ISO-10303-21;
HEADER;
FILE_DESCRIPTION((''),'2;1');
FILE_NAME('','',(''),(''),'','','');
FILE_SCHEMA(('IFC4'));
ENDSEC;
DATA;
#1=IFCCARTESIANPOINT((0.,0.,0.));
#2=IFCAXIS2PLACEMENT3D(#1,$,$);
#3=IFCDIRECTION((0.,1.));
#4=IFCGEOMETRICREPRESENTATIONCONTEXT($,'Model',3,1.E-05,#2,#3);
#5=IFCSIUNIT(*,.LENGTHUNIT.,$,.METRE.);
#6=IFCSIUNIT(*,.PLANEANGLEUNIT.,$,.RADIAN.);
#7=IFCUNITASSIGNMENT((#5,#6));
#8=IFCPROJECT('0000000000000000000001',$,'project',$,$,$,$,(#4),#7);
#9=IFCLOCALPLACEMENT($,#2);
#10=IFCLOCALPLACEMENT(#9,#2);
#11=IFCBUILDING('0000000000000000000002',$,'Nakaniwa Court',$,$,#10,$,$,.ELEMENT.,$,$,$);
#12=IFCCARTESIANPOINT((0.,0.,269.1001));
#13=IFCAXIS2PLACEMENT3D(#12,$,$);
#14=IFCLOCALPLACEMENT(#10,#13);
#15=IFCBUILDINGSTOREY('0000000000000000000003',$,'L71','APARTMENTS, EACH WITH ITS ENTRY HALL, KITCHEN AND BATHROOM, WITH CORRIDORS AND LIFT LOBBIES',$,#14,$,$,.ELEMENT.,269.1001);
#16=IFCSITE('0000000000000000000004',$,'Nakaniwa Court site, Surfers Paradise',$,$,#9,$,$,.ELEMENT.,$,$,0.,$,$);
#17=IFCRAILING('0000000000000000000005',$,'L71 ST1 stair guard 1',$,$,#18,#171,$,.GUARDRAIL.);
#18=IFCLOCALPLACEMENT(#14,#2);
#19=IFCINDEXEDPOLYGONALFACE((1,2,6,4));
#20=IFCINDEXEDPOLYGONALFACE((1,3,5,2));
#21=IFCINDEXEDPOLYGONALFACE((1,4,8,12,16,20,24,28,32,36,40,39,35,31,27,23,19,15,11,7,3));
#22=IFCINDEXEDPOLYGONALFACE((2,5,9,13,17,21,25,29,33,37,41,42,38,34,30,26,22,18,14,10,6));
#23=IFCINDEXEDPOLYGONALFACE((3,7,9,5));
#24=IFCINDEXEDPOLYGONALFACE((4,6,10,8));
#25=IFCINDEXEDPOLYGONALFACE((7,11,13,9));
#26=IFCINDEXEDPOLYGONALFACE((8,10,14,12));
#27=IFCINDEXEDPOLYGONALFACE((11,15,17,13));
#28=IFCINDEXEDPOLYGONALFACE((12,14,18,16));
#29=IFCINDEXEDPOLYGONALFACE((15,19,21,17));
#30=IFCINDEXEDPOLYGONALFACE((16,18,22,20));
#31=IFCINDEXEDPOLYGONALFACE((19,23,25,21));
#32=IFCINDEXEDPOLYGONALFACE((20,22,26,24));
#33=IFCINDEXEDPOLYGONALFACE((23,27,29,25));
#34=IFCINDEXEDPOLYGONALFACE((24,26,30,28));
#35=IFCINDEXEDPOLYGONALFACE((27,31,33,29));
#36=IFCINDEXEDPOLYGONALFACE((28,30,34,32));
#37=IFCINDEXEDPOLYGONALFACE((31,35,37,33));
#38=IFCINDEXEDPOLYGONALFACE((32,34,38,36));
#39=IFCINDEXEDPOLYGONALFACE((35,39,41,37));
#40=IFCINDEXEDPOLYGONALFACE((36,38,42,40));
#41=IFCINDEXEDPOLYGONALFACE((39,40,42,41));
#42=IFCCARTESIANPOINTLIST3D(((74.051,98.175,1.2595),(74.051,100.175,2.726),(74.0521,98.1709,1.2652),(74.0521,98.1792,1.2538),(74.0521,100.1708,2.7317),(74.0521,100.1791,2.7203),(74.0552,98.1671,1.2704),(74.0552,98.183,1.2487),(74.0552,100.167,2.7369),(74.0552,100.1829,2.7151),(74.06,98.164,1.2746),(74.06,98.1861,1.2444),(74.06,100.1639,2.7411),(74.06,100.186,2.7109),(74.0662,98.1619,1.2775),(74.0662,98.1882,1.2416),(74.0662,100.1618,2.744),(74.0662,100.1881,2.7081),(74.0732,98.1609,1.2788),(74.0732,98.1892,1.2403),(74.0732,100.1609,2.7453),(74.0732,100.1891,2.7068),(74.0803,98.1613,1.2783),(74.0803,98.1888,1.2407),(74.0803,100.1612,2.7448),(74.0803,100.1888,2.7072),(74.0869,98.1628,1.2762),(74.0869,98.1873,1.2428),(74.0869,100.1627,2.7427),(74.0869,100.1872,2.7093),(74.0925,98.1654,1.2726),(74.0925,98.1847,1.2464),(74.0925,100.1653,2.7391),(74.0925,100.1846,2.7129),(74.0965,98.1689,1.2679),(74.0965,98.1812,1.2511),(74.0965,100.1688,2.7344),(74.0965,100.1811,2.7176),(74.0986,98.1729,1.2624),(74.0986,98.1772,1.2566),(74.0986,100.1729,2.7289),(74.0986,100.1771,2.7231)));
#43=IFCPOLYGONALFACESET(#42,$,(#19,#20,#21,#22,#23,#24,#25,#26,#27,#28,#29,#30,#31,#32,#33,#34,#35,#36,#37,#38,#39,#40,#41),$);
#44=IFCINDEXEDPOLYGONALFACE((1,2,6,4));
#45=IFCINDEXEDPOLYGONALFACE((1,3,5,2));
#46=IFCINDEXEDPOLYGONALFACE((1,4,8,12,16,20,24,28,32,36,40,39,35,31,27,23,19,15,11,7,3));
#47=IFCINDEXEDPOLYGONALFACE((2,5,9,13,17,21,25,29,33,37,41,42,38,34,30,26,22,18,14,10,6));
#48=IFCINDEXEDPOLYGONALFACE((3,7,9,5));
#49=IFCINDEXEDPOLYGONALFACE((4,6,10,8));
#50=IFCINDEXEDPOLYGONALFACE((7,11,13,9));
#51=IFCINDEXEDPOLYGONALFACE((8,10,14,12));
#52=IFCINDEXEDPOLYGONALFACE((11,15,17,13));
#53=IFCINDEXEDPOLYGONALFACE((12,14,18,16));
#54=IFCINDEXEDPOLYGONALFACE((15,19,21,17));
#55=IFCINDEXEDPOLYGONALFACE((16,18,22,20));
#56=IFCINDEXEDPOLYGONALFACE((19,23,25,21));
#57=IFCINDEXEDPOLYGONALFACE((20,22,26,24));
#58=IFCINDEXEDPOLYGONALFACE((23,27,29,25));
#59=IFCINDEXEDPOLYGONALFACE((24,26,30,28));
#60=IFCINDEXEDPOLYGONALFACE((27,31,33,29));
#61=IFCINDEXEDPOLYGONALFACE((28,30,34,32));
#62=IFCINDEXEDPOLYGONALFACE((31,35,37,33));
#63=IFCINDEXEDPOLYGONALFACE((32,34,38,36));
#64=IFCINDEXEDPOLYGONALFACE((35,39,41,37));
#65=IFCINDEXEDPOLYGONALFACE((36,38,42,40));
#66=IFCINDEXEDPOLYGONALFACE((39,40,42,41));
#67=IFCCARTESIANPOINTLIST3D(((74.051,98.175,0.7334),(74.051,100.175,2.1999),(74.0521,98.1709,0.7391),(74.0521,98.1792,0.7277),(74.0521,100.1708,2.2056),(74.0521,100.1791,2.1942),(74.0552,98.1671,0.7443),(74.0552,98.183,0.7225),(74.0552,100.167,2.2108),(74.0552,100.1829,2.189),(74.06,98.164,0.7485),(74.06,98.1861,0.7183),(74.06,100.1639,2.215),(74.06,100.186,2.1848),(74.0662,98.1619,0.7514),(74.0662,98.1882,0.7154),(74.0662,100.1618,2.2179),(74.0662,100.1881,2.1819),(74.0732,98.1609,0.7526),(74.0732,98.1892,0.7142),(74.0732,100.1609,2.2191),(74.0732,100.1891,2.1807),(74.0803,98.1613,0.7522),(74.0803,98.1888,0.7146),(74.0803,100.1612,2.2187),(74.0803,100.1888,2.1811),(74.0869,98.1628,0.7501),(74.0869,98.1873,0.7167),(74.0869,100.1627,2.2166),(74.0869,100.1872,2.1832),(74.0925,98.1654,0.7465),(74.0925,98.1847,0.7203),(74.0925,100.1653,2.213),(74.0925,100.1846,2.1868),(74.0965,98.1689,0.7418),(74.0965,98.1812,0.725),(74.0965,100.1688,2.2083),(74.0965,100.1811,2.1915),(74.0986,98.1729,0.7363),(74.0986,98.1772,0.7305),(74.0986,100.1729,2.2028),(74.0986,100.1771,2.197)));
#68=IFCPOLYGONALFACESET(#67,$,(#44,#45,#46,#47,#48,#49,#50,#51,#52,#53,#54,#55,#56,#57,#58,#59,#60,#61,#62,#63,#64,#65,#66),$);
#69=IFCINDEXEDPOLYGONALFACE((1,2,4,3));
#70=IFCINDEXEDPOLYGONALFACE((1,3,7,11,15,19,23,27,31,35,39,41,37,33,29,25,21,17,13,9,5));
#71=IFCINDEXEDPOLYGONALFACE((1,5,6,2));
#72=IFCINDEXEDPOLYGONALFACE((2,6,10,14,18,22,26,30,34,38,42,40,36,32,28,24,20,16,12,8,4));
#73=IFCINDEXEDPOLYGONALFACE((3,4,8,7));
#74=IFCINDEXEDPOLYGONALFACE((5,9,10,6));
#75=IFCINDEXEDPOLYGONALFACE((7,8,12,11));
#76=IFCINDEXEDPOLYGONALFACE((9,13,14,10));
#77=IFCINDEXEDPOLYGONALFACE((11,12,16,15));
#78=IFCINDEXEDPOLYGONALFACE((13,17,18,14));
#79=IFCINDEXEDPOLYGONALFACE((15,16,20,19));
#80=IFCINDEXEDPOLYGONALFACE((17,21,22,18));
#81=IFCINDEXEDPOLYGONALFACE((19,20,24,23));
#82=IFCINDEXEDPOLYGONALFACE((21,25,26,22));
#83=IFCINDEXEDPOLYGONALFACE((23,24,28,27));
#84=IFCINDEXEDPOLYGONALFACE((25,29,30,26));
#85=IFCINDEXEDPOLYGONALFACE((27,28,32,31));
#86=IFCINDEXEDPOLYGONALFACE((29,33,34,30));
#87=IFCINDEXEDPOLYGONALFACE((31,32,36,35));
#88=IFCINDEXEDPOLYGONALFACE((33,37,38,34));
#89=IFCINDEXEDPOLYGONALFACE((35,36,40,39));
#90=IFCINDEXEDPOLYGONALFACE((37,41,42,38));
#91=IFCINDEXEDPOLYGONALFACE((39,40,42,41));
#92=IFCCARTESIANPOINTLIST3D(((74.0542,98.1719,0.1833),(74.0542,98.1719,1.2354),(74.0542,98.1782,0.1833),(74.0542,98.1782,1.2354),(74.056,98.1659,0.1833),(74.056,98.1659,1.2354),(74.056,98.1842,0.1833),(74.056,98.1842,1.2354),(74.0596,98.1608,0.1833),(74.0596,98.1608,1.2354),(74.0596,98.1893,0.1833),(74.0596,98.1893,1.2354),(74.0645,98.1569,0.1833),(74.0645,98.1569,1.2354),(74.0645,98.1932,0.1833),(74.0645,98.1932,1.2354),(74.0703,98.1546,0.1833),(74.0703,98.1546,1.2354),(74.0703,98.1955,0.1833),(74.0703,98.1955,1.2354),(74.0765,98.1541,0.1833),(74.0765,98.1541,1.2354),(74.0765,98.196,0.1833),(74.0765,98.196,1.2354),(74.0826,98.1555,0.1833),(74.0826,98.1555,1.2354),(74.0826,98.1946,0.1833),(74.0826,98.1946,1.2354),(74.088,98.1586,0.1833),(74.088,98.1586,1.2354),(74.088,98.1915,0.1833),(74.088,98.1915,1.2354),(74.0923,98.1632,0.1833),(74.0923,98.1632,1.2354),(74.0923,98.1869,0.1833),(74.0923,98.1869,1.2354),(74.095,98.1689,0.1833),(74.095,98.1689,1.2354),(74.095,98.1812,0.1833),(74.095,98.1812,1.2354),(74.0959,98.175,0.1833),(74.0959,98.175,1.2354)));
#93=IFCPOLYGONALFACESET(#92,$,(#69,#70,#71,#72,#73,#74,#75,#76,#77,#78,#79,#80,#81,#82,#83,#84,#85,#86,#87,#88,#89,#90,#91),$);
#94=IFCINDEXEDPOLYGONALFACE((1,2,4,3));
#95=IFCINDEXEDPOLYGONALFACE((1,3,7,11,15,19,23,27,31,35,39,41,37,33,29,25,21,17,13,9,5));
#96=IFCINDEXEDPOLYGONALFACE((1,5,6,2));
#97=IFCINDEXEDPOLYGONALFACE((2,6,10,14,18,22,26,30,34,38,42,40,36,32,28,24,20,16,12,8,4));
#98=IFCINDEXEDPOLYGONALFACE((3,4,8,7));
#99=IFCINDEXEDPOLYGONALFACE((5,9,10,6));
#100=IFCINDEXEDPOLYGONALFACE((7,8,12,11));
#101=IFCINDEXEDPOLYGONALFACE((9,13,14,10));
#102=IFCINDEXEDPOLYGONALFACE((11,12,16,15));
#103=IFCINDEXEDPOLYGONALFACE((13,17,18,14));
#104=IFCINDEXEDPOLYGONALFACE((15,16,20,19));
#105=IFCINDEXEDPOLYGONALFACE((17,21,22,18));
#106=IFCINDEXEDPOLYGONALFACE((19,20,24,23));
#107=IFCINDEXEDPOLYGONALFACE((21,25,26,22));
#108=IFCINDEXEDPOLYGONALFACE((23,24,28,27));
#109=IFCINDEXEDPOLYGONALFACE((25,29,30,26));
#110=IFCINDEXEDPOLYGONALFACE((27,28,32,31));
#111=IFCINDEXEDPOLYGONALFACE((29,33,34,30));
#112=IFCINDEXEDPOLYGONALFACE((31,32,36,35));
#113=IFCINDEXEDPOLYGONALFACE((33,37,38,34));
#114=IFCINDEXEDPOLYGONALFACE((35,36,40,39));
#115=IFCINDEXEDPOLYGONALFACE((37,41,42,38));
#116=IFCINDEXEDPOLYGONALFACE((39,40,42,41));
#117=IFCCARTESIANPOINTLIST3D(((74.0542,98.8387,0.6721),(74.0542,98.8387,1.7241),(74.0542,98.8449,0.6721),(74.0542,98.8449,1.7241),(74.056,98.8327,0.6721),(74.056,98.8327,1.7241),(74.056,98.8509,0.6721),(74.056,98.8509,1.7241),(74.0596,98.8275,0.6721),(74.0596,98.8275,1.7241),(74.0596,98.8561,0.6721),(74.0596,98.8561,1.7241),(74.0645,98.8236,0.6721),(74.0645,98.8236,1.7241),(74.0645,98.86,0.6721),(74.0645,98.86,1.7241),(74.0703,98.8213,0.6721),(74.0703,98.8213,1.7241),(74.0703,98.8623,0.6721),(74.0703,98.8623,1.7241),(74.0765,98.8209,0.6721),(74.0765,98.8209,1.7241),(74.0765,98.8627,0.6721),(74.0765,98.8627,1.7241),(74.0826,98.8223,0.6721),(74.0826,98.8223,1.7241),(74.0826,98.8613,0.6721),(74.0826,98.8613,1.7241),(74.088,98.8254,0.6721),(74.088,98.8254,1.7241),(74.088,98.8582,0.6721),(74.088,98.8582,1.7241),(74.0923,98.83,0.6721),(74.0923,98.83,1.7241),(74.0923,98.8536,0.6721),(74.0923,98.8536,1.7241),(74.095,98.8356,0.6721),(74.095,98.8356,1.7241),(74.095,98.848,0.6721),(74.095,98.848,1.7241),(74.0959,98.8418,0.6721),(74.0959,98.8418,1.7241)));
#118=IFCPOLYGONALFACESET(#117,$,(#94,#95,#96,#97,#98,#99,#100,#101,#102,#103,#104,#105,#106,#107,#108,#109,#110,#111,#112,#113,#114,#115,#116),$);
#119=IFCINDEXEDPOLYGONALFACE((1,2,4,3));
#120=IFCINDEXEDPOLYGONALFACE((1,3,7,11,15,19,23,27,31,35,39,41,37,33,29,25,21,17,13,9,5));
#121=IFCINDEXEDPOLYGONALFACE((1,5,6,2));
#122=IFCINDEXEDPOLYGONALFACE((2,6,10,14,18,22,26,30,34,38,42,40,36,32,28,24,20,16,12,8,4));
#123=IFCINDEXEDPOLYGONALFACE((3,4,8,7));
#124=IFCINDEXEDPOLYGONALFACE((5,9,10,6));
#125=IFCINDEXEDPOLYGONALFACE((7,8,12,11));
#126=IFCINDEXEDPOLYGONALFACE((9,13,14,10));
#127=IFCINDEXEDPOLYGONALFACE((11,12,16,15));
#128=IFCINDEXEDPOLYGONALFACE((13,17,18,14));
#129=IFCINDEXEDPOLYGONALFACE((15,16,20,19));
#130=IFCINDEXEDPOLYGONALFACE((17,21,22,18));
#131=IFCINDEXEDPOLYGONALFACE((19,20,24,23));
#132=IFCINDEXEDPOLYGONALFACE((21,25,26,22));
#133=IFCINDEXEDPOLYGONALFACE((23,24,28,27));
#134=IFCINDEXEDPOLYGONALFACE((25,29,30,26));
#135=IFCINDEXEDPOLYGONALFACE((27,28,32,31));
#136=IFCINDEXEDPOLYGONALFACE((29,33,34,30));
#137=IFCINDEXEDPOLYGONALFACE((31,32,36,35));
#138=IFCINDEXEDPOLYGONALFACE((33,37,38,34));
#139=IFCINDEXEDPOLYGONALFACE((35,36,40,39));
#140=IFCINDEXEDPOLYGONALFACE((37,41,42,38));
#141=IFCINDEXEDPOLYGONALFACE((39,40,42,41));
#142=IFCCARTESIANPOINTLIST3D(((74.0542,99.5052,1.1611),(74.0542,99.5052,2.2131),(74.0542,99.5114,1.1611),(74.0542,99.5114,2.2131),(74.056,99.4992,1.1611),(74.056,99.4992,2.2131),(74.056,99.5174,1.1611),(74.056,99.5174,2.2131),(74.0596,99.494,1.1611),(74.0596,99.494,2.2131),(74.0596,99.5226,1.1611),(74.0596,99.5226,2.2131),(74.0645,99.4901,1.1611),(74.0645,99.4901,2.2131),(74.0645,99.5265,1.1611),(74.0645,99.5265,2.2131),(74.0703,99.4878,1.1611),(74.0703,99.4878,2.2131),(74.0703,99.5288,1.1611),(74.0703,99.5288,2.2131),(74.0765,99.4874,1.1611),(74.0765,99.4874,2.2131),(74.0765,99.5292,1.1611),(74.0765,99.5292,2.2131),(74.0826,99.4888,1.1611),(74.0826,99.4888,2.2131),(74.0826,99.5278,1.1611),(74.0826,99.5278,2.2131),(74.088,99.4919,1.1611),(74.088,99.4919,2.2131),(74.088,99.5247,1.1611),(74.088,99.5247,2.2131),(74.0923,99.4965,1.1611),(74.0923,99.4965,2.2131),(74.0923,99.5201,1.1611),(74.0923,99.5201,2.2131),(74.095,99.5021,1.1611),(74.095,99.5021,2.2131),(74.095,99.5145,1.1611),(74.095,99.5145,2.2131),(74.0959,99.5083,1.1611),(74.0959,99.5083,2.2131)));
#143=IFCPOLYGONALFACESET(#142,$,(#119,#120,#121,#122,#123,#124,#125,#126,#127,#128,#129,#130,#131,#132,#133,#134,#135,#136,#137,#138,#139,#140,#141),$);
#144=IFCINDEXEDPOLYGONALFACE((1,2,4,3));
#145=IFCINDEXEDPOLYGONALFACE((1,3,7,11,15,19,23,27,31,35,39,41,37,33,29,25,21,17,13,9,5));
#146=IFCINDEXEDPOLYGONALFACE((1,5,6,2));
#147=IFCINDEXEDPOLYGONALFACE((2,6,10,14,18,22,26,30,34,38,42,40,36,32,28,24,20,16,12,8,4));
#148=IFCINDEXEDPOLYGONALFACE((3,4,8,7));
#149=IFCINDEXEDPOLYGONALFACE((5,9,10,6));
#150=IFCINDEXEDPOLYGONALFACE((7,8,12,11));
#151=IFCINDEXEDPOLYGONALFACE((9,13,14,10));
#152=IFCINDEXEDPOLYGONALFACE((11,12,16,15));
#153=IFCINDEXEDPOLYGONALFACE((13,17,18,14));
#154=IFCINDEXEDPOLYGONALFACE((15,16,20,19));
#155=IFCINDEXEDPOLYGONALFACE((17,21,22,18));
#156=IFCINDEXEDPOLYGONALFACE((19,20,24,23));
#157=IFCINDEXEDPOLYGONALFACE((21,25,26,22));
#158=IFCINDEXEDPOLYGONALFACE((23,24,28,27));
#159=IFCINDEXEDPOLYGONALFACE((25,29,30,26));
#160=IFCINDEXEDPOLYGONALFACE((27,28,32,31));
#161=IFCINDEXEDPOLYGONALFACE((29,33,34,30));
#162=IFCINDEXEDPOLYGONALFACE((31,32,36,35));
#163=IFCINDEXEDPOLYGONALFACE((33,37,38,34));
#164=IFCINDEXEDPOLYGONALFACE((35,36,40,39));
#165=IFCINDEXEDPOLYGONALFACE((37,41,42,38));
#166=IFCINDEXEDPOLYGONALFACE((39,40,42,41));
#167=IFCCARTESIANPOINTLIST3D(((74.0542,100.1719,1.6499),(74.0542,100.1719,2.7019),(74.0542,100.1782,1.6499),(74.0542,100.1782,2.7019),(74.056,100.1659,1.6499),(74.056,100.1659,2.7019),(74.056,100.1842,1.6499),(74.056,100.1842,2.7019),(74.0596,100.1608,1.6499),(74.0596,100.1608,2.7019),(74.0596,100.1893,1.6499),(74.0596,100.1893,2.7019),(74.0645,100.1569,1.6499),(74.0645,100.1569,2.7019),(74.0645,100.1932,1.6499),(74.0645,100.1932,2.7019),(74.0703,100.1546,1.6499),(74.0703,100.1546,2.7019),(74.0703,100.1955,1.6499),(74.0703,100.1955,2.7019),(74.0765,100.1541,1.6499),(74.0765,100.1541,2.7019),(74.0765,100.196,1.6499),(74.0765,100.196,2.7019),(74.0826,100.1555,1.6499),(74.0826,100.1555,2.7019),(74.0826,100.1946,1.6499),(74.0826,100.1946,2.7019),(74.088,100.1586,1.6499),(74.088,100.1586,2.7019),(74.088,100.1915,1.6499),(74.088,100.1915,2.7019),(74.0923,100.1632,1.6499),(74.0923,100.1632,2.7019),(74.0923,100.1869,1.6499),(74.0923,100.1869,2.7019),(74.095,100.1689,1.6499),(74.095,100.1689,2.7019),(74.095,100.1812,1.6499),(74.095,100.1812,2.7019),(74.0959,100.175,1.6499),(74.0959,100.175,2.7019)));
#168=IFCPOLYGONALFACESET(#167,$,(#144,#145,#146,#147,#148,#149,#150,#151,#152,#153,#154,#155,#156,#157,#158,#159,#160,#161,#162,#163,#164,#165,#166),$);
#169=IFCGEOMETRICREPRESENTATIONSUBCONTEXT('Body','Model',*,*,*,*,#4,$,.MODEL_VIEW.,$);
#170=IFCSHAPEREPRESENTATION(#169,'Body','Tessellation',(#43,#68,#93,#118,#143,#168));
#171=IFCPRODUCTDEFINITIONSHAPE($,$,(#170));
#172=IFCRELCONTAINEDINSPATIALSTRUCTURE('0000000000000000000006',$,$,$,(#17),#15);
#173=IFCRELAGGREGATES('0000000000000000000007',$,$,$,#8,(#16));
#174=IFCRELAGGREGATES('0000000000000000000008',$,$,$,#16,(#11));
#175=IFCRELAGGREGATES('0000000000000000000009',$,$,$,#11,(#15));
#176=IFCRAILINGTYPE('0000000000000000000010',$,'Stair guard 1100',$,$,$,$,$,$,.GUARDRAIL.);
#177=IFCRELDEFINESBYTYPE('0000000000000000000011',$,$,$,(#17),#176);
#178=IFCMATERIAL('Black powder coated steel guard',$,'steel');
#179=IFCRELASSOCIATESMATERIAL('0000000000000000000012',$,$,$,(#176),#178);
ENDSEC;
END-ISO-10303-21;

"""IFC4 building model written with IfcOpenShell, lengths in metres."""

from ifc_helpers import new_model, si_unit, direction, frame, origin, origin_2d, place, context, subcontext, project, spatial, circle, extrude, material, type_object, element, save


model = new_model("IFC4")

# Units and contexts
model_context = context("Model", 3, precision=1e-05, world=origin(), true_north=direction((0.0, 1.0)))
body_context = subcontext(model_context, "Body", "Model", "MODEL_VIEW")
ifc_project = project(units=[si_unit("LENGTHUNIT", "METRE"), si_unit("PLANEANGLEUNIT", "RADIAN")], contexts=[model_context])

# Site, building, storey
site_placement = place(None, origin())
site = spatial("IfcSite", under=ifc_project, at=site_placement, Name="Nakaniwa Court site, Surfers Paradise", CompositionType="ELEMENT", RefElevation=0.0)
building_placement = place(site_placement, origin())
building = spatial("IfcBuilding", under=site, at=building_placement, Name="Nakaniwa Court", CompositionType="ELEMENT")
storey_placement = place(building_placement, frame((0.0, 0.0, 269.1001)))
storey = spatial("IfcBuildingStorey", under=building, at=storey_placement, Name="L71", Description="APARTMENTS, EACH WITH ITS ENTRY HALL, KITCHEN AND BATHROOM, WITH CORRIDORS AND LIFT LOBBIES", CompositionType="ELEMENT", Elevation=269.1001)

# Railing
ifc_material_1 = material(Name="Black powder coated steel guard", Category="steel")
railing_type_1 = type_object("IfcRailingType", Name="Stair guard 1100", PredefinedType="GUARDRAIL", material=ifc_material_1)
railing_1_placement = place(storey_placement, frame((74.075, 98.175, 0.1833)))
element("IfcRailing", 1, at=railing_1_placement, inside=storey, type_object=railing_type_1, Name="L71 ST1 stair guard 1", PredefinedType="GUARDRAIL", context=body_context, shape_type="SweptSolid", body=[
    extrude(circle(Radius=0.0239, at=origin_2d()), frame((0.0, 0.0, 1.0762), z_axis=(0.0, 0.806427, 0.591334), x_axis=(-1.0, 0.0, 0.0)), (0.0, 0.0, 1.0), 2.48),
    extrude(circle(Radius=0.0239, at=origin_2d()), frame((0.0, 0.0, 0.55), z_axis=(0.0, 0.806427, 0.591334), x_axis=(-1.0, 0.0, 0.0)), (0.0, 0.0, 1.0), 2.48),
    extrude(circle(Radius=0.021, at=origin_2d()), origin(), (0.0, 0.0, 1.0), 1.052),
    extrude(circle(Radius=0.021, at=origin_2d()), frame((0.0, 0.6667, 0.4888)), (0.0, 0.0, 1.0), 1.052),
    extrude(circle(Radius=0.021, at=origin_2d()), frame((0.0, 1.3333, 0.9778)), (0.0, 0.0, 1.0), 1.052),
    extrude(circle(Radius=0.021, at=origin_2d()), frame((0.0, 2.0, 1.4666)), (0.0, 0.0, 1.0), 1.052),
])

save(model, "model.ifc")
